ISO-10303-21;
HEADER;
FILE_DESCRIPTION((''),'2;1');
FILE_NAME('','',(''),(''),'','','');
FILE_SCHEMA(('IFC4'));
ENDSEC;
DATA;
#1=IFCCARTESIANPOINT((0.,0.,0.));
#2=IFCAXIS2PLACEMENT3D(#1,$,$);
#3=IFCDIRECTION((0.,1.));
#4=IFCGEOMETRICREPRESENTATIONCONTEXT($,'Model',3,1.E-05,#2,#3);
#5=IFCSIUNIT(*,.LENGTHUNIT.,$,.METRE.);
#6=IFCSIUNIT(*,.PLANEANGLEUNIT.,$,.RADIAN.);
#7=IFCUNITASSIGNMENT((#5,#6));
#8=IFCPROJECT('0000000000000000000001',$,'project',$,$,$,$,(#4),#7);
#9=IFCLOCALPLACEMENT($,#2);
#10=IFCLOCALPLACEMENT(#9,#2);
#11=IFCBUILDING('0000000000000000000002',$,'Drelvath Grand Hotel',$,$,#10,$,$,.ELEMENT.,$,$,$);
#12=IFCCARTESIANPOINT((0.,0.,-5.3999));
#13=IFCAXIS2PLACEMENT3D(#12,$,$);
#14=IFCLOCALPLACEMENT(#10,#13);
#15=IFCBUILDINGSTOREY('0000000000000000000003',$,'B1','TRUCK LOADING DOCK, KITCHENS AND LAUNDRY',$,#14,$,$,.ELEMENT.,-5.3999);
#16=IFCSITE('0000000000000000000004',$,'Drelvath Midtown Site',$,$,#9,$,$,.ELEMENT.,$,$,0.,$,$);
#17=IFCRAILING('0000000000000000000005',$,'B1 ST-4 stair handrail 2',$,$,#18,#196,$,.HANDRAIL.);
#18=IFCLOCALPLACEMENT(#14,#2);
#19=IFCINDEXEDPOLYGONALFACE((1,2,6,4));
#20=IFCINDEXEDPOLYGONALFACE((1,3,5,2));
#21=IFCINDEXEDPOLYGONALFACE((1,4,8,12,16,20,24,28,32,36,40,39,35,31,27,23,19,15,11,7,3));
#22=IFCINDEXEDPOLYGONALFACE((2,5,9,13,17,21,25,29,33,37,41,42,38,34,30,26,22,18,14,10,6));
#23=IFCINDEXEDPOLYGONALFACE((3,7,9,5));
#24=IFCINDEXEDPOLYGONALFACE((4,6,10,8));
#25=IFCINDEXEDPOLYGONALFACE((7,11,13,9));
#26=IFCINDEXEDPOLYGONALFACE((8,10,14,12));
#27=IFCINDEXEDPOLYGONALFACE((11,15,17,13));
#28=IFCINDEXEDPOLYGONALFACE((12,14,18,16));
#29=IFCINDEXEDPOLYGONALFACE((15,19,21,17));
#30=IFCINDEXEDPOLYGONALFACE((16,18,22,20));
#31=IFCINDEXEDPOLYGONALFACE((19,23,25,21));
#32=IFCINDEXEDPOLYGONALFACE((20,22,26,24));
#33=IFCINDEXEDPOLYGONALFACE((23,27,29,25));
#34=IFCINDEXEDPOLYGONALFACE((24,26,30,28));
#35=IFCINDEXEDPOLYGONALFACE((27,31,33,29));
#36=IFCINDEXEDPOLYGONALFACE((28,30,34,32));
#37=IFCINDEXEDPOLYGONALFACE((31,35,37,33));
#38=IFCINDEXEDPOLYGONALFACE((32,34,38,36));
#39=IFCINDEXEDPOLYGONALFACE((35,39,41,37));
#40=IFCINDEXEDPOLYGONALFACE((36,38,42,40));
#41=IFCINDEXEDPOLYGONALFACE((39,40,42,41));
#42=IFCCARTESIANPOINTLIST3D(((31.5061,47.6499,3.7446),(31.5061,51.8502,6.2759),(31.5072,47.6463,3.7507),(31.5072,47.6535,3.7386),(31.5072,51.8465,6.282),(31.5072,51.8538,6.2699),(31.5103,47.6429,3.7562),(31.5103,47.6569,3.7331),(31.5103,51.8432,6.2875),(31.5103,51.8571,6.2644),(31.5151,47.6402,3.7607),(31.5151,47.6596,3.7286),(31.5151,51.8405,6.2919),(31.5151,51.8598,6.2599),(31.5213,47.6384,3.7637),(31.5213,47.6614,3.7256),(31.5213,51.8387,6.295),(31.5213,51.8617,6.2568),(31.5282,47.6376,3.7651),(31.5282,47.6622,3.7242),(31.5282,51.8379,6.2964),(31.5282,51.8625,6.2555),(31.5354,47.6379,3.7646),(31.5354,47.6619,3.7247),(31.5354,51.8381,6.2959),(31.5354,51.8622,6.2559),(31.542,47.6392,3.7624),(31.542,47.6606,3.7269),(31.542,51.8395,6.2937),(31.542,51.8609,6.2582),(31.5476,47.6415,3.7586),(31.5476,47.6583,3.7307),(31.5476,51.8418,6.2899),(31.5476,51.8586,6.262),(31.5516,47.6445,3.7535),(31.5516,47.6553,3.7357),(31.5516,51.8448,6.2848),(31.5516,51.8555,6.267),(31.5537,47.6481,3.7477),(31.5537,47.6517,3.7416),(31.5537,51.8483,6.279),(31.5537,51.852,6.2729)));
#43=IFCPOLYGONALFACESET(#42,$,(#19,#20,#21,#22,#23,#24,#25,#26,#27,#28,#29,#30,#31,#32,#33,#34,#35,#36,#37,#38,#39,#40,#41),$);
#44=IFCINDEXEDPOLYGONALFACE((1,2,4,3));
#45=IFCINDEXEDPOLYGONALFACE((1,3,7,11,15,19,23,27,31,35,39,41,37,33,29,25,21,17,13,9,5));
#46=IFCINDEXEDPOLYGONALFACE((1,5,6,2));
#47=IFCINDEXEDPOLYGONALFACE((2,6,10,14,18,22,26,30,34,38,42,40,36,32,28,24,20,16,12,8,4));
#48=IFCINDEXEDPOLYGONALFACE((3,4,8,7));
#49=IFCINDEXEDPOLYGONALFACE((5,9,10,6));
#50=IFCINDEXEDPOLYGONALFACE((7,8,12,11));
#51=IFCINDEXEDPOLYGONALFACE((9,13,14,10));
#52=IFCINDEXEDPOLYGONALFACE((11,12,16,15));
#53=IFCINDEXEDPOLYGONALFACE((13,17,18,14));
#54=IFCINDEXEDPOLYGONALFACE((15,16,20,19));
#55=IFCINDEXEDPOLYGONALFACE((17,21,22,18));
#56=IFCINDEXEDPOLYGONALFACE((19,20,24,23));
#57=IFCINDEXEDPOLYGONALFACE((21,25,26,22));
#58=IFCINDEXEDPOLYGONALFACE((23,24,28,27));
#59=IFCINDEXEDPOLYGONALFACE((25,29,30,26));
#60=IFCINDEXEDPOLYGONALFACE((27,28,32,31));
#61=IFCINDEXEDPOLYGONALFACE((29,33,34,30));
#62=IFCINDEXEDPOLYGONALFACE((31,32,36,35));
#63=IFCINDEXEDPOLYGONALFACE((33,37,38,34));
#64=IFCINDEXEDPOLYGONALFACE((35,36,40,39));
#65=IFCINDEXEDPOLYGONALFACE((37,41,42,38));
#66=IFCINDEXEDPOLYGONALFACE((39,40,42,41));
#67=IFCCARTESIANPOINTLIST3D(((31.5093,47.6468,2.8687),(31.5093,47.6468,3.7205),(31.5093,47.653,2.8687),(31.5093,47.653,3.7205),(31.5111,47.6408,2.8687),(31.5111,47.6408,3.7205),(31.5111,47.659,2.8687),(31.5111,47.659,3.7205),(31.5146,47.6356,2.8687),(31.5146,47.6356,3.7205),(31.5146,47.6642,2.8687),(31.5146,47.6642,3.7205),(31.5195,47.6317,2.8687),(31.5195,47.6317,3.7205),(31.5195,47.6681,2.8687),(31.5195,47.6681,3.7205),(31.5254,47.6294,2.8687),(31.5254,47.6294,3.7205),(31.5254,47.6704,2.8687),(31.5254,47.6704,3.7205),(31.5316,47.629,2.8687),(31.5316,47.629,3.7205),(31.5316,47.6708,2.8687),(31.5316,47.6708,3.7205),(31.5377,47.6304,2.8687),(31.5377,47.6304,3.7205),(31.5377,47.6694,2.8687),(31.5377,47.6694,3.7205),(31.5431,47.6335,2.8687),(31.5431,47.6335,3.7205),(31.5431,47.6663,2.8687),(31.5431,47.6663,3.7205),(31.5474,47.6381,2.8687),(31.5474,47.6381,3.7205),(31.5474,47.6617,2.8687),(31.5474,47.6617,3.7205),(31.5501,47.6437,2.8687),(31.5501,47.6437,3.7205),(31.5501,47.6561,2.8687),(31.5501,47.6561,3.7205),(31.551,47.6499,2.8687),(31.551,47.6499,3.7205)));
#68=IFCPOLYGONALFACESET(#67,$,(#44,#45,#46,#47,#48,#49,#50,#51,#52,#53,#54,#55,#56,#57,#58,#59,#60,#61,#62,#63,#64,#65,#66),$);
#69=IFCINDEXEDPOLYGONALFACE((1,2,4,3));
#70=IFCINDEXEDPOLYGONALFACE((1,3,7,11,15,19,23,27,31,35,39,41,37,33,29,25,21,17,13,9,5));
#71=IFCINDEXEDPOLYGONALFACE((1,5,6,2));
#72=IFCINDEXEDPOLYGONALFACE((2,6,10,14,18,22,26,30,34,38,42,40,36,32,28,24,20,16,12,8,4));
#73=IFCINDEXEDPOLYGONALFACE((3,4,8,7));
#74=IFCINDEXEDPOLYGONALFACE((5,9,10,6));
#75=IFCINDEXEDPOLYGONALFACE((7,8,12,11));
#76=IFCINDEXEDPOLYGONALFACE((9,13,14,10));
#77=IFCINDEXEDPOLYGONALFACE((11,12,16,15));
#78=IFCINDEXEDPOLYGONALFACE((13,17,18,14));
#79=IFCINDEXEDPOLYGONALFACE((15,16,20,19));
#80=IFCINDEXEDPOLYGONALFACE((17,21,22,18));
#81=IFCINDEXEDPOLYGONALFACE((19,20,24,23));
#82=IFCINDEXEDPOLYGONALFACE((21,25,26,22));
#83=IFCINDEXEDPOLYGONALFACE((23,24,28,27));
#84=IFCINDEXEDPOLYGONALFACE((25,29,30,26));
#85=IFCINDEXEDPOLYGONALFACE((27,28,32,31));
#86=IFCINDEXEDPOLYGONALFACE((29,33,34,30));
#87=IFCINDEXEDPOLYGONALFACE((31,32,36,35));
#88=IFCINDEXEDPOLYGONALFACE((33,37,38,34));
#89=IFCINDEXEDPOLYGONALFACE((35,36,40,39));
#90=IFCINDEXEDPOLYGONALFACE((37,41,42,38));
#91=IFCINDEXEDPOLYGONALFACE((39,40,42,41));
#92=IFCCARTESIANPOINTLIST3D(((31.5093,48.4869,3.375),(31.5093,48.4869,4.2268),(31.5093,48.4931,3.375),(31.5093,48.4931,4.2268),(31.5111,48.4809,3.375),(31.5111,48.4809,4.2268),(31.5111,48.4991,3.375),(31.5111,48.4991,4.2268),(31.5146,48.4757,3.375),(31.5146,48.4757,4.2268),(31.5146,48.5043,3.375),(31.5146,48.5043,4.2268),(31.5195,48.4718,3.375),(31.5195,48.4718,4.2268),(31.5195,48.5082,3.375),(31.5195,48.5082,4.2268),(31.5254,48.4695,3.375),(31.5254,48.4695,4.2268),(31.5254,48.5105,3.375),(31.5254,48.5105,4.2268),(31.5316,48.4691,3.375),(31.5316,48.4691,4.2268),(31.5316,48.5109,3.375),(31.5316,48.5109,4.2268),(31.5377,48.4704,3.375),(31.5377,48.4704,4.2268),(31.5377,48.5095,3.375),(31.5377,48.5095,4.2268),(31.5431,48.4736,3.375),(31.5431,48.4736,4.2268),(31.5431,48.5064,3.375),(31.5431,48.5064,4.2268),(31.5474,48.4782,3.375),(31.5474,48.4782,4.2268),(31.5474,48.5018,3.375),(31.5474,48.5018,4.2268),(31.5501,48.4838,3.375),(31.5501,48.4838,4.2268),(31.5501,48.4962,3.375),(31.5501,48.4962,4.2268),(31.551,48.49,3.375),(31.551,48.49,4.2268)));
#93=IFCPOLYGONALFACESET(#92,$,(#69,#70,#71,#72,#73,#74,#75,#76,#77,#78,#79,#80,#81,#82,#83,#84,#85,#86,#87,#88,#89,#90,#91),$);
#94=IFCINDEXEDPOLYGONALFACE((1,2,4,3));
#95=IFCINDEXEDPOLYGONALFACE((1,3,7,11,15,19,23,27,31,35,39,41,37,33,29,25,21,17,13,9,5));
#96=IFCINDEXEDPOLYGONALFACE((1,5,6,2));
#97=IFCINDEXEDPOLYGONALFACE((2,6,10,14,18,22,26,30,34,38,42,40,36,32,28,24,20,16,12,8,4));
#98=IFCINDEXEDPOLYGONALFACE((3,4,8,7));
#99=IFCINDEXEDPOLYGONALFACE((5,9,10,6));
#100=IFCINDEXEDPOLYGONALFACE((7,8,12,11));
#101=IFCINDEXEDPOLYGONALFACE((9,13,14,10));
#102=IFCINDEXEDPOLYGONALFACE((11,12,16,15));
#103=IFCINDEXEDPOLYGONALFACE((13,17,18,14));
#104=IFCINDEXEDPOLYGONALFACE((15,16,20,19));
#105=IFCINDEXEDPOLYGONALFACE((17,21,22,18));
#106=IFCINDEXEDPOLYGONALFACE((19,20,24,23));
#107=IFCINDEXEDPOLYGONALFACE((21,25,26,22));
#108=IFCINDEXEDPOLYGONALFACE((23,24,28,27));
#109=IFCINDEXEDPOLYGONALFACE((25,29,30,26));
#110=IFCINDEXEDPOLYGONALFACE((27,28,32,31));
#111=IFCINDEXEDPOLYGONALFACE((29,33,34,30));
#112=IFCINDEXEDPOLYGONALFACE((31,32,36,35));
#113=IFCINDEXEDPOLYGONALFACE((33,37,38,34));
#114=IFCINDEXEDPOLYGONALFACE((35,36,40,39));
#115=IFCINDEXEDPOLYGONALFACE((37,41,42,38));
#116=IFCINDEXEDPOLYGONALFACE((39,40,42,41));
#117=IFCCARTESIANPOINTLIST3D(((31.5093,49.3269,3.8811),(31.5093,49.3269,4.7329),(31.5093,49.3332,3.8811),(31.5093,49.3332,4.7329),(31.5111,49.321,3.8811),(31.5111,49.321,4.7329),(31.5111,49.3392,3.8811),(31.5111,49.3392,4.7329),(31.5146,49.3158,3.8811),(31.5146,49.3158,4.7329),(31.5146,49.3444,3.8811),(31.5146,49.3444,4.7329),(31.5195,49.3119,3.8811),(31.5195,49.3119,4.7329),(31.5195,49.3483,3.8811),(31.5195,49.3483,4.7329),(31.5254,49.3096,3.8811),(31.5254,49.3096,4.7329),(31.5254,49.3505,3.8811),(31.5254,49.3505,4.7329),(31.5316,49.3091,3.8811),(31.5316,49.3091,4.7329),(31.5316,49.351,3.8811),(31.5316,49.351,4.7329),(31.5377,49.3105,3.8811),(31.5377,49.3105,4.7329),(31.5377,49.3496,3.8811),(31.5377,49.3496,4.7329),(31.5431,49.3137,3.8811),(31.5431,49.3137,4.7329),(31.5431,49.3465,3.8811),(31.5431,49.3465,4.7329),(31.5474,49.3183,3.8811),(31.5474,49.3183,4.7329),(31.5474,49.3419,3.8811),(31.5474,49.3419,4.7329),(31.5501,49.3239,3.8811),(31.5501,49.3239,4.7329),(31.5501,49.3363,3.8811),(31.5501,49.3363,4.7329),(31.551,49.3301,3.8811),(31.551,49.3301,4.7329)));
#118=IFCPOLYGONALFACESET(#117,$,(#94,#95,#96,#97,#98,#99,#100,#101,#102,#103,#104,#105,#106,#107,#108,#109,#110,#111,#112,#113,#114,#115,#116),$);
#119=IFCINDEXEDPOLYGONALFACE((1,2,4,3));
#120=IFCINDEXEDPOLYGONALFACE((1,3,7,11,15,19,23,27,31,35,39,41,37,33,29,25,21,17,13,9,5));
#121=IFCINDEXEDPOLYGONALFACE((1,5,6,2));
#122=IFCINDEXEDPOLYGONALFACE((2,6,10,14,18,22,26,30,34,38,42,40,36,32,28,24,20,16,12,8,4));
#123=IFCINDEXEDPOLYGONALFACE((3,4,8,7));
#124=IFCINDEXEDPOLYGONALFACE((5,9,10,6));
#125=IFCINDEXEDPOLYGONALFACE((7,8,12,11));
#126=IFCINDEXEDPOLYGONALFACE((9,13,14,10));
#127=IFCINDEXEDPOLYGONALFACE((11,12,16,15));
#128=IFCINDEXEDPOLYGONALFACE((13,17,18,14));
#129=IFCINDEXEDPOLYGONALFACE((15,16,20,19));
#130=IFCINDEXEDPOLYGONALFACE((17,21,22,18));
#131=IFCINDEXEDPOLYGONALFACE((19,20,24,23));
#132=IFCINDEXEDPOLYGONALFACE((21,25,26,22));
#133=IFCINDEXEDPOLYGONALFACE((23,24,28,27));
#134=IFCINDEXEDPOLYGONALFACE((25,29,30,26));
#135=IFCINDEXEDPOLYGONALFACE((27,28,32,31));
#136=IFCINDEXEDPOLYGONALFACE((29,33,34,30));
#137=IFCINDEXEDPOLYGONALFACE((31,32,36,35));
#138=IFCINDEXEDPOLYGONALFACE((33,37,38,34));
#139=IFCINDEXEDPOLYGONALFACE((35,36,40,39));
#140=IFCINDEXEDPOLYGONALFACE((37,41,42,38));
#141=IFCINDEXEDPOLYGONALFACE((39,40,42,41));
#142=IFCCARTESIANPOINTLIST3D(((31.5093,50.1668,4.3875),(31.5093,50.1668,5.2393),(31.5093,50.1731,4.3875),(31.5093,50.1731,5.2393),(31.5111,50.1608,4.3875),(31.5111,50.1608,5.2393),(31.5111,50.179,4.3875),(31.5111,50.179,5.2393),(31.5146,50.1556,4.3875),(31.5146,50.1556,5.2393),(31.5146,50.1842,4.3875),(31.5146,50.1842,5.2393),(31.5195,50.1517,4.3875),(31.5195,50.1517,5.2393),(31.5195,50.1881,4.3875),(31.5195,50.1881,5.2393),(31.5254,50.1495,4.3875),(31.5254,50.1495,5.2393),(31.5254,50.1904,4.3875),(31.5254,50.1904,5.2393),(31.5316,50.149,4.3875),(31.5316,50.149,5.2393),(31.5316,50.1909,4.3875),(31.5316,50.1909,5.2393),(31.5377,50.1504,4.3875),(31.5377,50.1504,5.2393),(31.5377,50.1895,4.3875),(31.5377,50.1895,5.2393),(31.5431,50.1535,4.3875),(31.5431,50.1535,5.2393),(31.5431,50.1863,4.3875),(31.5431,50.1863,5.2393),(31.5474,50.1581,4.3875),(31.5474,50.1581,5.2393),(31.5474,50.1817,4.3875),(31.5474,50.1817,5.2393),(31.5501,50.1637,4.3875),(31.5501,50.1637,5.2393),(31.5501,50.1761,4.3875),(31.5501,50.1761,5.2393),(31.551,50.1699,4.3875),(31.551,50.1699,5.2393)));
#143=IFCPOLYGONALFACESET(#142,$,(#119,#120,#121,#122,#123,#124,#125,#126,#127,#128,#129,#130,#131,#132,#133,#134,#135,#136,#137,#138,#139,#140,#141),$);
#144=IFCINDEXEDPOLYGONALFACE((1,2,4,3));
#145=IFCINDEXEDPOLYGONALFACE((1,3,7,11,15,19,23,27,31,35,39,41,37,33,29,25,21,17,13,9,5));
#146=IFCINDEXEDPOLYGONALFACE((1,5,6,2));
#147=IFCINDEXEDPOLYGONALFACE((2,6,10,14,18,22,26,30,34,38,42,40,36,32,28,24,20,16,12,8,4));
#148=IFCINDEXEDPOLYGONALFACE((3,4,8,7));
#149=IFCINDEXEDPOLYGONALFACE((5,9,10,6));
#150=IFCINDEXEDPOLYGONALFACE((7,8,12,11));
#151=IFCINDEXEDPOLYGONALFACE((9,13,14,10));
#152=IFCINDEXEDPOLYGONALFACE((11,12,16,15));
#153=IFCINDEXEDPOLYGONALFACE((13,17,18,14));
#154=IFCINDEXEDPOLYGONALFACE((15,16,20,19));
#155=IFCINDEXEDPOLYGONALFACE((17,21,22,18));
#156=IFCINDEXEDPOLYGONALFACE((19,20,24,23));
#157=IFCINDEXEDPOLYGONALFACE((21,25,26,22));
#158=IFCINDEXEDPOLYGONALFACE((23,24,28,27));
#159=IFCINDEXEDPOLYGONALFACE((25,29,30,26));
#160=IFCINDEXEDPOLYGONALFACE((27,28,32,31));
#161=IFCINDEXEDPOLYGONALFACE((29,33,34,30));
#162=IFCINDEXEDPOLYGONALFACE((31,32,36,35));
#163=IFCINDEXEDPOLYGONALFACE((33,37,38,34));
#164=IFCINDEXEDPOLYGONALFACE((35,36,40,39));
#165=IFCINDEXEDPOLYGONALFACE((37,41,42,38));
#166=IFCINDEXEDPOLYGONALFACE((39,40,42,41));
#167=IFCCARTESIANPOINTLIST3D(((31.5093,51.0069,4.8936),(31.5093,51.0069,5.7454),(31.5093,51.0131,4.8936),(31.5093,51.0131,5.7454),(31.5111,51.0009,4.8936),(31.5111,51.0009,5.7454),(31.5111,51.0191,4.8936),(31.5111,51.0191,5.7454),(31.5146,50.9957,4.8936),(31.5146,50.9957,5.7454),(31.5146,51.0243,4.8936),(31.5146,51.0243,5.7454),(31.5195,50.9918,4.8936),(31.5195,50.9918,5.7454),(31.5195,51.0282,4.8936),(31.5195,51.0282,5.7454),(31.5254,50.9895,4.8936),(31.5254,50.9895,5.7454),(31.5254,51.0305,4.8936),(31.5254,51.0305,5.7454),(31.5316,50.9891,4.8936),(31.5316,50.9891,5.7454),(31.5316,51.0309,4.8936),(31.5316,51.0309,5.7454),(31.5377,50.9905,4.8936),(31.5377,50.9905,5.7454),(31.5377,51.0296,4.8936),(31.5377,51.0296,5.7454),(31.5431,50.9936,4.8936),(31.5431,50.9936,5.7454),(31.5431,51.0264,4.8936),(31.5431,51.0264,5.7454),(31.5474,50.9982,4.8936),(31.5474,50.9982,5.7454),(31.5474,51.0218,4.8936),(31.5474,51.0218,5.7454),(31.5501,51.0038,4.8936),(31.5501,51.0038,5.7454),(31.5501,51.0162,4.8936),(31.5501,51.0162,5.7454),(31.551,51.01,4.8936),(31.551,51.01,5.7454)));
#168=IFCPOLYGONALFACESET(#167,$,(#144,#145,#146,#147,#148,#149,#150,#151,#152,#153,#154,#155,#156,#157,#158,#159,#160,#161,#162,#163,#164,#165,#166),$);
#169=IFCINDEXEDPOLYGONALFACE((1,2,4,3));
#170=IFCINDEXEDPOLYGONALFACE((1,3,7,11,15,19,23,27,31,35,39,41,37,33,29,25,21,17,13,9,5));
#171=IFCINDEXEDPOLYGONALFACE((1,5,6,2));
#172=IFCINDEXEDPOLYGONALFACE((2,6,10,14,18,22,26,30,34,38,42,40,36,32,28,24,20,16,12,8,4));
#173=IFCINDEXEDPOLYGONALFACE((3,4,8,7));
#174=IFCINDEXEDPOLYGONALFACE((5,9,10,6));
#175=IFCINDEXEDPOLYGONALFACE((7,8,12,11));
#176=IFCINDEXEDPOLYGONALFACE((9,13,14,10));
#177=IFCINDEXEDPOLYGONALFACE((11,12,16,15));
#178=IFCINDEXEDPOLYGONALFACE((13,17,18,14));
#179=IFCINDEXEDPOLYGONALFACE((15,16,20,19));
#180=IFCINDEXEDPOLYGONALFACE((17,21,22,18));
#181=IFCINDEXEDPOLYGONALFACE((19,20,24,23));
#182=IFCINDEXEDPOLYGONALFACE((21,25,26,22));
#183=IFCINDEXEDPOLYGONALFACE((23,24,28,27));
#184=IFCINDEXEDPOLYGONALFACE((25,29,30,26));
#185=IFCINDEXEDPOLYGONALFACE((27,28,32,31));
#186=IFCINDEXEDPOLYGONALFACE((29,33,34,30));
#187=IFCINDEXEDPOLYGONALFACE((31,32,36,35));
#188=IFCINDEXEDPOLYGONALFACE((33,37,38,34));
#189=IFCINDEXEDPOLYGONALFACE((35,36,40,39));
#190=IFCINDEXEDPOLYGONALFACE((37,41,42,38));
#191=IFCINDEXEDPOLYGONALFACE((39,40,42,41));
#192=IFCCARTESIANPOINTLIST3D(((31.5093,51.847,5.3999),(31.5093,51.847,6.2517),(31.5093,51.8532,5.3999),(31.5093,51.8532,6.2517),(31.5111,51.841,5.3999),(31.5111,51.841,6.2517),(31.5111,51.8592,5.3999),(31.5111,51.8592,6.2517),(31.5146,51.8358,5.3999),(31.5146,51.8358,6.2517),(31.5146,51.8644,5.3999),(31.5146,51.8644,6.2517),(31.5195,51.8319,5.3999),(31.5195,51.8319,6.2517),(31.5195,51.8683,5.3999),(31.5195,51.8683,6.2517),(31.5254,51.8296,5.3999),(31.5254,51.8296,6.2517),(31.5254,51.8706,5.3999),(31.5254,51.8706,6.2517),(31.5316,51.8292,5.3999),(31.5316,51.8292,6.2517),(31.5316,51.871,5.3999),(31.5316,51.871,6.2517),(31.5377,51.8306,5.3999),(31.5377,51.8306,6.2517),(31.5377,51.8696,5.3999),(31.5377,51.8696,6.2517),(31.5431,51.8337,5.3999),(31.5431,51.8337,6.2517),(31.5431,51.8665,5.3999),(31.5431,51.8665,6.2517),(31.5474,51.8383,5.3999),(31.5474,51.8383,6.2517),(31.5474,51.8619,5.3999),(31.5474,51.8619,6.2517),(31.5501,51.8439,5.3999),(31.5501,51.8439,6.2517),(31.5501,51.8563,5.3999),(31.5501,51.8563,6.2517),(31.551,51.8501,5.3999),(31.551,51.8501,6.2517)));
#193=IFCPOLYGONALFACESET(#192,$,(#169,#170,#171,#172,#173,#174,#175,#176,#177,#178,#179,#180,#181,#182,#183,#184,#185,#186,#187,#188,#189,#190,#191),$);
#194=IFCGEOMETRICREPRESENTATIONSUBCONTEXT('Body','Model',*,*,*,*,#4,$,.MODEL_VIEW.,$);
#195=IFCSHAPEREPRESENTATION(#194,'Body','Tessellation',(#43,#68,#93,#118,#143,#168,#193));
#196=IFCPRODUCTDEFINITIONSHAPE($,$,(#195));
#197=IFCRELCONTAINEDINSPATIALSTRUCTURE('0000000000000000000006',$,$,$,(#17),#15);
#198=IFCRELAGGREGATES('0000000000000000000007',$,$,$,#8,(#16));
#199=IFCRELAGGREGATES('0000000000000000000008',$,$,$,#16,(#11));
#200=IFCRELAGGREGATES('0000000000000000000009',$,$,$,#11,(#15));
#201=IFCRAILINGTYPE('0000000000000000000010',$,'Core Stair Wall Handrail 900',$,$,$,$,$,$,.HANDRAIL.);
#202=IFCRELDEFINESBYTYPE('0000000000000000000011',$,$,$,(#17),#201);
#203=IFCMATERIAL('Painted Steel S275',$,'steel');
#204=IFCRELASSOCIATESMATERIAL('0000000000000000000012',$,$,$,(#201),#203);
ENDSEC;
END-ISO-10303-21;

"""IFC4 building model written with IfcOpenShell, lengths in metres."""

from ifc_helpers import new_model, si_unit, direction, frame, origin, origin_2d, place, context, subcontext, project, spatial, circle, extrude, material, type_object, element, save


model = new_model("IFC4")

# Units and contexts
model_context = context("Model", 3, precision=1e-05, world=origin(), true_north=direction((0.0, 1.0)))
body_context = subcontext(model_context, "Body", "Model", "MODEL_VIEW")
ifc_project = project(units=[si_unit("LENGTHUNIT", "METRE"), si_unit("PLANEANGLEUNIT", "RADIAN")], contexts=[model_context])

# Site, building, storey
site_placement = place(None, origin())
site = spatial("IfcSite", under=ifc_project, at=site_placement, Name="Drelvath Midtown Site", CompositionType="ELEMENT", RefElevation=0.0)
building_placement = place(site_placement, origin())
building = spatial("IfcBuilding", under=site, at=building_placement, Name="Drelvath Grand Hotel", CompositionType="ELEMENT")
storey_placement = place(building_placement, frame((0.0, 0.0, -5.3999)))
storey = spatial("IfcBuildingStorey", under=building, at=storey_placement, Name="B1", Description="TRUCK LOADING DOCK, KITCHENS AND LAUNDRY", CompositionType="ELEMENT", Elevation=-5.3999)

# Shared definitions
ifc_material_1 = material(Name="Painted Steel S275", Category="steel")

# Railing
railing_type_1 = type_object("IfcRailingType", Name="Core Stair Wall Handrail 900", PredefinedType="HANDRAIL", material=ifc_material_1)
railing_1_placement = place(storey_placement, frame((31.53, 47.6499, 2.8687)))
element("IfcRailing", 1, at=railing_1_placement, inside=storey, type_object=railing_type_1, Name="B1 ST-4 stair handrail 2", PredefinedType="HANDRAIL", context=body_context, shape_type="SweptSolid", body=[
    extrude(circle(Radius=0.0239, at=origin_2d()), frame((0.0, 0.0, 0.876), z_axis=(0.0, 0.85649, 0.516164), x_axis=(-1.0, 0.0, 0.0)), (0.0, 0.0, 1.0), 4.9041),
    extrude(circle(Radius=0.021, at=origin_2d()), origin(), (0.0, 0.0, 1.0), 0.8518),
    extrude(circle(Radius=0.021, at=origin_2d()), frame((0.0, 0.8401, 0.5063)), (0.0, 0.0, 1.0), 0.8518),
    extrude(circle(Radius=0.021, at=origin_2d()), frame((0.0, 1.6802, 1.0125)), (0.0, 0.0, 1.0), 0.8518),
    extrude(circle(Radius=0.021, at=origin_2d()), frame((0.0, 2.52, 1.5188)), (0.0, 0.0, 1.0), 0.8518),
    extrude(circle(Radius=0.021, at=origin_2d()), frame((0.0, 3.3601, 2.0249)), (0.0, 0.0, 1.0), 0.8518),
    extrude(circle(Radius=0.021, at=origin_2d()), frame((0.0, 4.2002, 2.5312)), (0.0, 0.0, 1.0), 0.8518),
])

save(model, "model.ifc")
